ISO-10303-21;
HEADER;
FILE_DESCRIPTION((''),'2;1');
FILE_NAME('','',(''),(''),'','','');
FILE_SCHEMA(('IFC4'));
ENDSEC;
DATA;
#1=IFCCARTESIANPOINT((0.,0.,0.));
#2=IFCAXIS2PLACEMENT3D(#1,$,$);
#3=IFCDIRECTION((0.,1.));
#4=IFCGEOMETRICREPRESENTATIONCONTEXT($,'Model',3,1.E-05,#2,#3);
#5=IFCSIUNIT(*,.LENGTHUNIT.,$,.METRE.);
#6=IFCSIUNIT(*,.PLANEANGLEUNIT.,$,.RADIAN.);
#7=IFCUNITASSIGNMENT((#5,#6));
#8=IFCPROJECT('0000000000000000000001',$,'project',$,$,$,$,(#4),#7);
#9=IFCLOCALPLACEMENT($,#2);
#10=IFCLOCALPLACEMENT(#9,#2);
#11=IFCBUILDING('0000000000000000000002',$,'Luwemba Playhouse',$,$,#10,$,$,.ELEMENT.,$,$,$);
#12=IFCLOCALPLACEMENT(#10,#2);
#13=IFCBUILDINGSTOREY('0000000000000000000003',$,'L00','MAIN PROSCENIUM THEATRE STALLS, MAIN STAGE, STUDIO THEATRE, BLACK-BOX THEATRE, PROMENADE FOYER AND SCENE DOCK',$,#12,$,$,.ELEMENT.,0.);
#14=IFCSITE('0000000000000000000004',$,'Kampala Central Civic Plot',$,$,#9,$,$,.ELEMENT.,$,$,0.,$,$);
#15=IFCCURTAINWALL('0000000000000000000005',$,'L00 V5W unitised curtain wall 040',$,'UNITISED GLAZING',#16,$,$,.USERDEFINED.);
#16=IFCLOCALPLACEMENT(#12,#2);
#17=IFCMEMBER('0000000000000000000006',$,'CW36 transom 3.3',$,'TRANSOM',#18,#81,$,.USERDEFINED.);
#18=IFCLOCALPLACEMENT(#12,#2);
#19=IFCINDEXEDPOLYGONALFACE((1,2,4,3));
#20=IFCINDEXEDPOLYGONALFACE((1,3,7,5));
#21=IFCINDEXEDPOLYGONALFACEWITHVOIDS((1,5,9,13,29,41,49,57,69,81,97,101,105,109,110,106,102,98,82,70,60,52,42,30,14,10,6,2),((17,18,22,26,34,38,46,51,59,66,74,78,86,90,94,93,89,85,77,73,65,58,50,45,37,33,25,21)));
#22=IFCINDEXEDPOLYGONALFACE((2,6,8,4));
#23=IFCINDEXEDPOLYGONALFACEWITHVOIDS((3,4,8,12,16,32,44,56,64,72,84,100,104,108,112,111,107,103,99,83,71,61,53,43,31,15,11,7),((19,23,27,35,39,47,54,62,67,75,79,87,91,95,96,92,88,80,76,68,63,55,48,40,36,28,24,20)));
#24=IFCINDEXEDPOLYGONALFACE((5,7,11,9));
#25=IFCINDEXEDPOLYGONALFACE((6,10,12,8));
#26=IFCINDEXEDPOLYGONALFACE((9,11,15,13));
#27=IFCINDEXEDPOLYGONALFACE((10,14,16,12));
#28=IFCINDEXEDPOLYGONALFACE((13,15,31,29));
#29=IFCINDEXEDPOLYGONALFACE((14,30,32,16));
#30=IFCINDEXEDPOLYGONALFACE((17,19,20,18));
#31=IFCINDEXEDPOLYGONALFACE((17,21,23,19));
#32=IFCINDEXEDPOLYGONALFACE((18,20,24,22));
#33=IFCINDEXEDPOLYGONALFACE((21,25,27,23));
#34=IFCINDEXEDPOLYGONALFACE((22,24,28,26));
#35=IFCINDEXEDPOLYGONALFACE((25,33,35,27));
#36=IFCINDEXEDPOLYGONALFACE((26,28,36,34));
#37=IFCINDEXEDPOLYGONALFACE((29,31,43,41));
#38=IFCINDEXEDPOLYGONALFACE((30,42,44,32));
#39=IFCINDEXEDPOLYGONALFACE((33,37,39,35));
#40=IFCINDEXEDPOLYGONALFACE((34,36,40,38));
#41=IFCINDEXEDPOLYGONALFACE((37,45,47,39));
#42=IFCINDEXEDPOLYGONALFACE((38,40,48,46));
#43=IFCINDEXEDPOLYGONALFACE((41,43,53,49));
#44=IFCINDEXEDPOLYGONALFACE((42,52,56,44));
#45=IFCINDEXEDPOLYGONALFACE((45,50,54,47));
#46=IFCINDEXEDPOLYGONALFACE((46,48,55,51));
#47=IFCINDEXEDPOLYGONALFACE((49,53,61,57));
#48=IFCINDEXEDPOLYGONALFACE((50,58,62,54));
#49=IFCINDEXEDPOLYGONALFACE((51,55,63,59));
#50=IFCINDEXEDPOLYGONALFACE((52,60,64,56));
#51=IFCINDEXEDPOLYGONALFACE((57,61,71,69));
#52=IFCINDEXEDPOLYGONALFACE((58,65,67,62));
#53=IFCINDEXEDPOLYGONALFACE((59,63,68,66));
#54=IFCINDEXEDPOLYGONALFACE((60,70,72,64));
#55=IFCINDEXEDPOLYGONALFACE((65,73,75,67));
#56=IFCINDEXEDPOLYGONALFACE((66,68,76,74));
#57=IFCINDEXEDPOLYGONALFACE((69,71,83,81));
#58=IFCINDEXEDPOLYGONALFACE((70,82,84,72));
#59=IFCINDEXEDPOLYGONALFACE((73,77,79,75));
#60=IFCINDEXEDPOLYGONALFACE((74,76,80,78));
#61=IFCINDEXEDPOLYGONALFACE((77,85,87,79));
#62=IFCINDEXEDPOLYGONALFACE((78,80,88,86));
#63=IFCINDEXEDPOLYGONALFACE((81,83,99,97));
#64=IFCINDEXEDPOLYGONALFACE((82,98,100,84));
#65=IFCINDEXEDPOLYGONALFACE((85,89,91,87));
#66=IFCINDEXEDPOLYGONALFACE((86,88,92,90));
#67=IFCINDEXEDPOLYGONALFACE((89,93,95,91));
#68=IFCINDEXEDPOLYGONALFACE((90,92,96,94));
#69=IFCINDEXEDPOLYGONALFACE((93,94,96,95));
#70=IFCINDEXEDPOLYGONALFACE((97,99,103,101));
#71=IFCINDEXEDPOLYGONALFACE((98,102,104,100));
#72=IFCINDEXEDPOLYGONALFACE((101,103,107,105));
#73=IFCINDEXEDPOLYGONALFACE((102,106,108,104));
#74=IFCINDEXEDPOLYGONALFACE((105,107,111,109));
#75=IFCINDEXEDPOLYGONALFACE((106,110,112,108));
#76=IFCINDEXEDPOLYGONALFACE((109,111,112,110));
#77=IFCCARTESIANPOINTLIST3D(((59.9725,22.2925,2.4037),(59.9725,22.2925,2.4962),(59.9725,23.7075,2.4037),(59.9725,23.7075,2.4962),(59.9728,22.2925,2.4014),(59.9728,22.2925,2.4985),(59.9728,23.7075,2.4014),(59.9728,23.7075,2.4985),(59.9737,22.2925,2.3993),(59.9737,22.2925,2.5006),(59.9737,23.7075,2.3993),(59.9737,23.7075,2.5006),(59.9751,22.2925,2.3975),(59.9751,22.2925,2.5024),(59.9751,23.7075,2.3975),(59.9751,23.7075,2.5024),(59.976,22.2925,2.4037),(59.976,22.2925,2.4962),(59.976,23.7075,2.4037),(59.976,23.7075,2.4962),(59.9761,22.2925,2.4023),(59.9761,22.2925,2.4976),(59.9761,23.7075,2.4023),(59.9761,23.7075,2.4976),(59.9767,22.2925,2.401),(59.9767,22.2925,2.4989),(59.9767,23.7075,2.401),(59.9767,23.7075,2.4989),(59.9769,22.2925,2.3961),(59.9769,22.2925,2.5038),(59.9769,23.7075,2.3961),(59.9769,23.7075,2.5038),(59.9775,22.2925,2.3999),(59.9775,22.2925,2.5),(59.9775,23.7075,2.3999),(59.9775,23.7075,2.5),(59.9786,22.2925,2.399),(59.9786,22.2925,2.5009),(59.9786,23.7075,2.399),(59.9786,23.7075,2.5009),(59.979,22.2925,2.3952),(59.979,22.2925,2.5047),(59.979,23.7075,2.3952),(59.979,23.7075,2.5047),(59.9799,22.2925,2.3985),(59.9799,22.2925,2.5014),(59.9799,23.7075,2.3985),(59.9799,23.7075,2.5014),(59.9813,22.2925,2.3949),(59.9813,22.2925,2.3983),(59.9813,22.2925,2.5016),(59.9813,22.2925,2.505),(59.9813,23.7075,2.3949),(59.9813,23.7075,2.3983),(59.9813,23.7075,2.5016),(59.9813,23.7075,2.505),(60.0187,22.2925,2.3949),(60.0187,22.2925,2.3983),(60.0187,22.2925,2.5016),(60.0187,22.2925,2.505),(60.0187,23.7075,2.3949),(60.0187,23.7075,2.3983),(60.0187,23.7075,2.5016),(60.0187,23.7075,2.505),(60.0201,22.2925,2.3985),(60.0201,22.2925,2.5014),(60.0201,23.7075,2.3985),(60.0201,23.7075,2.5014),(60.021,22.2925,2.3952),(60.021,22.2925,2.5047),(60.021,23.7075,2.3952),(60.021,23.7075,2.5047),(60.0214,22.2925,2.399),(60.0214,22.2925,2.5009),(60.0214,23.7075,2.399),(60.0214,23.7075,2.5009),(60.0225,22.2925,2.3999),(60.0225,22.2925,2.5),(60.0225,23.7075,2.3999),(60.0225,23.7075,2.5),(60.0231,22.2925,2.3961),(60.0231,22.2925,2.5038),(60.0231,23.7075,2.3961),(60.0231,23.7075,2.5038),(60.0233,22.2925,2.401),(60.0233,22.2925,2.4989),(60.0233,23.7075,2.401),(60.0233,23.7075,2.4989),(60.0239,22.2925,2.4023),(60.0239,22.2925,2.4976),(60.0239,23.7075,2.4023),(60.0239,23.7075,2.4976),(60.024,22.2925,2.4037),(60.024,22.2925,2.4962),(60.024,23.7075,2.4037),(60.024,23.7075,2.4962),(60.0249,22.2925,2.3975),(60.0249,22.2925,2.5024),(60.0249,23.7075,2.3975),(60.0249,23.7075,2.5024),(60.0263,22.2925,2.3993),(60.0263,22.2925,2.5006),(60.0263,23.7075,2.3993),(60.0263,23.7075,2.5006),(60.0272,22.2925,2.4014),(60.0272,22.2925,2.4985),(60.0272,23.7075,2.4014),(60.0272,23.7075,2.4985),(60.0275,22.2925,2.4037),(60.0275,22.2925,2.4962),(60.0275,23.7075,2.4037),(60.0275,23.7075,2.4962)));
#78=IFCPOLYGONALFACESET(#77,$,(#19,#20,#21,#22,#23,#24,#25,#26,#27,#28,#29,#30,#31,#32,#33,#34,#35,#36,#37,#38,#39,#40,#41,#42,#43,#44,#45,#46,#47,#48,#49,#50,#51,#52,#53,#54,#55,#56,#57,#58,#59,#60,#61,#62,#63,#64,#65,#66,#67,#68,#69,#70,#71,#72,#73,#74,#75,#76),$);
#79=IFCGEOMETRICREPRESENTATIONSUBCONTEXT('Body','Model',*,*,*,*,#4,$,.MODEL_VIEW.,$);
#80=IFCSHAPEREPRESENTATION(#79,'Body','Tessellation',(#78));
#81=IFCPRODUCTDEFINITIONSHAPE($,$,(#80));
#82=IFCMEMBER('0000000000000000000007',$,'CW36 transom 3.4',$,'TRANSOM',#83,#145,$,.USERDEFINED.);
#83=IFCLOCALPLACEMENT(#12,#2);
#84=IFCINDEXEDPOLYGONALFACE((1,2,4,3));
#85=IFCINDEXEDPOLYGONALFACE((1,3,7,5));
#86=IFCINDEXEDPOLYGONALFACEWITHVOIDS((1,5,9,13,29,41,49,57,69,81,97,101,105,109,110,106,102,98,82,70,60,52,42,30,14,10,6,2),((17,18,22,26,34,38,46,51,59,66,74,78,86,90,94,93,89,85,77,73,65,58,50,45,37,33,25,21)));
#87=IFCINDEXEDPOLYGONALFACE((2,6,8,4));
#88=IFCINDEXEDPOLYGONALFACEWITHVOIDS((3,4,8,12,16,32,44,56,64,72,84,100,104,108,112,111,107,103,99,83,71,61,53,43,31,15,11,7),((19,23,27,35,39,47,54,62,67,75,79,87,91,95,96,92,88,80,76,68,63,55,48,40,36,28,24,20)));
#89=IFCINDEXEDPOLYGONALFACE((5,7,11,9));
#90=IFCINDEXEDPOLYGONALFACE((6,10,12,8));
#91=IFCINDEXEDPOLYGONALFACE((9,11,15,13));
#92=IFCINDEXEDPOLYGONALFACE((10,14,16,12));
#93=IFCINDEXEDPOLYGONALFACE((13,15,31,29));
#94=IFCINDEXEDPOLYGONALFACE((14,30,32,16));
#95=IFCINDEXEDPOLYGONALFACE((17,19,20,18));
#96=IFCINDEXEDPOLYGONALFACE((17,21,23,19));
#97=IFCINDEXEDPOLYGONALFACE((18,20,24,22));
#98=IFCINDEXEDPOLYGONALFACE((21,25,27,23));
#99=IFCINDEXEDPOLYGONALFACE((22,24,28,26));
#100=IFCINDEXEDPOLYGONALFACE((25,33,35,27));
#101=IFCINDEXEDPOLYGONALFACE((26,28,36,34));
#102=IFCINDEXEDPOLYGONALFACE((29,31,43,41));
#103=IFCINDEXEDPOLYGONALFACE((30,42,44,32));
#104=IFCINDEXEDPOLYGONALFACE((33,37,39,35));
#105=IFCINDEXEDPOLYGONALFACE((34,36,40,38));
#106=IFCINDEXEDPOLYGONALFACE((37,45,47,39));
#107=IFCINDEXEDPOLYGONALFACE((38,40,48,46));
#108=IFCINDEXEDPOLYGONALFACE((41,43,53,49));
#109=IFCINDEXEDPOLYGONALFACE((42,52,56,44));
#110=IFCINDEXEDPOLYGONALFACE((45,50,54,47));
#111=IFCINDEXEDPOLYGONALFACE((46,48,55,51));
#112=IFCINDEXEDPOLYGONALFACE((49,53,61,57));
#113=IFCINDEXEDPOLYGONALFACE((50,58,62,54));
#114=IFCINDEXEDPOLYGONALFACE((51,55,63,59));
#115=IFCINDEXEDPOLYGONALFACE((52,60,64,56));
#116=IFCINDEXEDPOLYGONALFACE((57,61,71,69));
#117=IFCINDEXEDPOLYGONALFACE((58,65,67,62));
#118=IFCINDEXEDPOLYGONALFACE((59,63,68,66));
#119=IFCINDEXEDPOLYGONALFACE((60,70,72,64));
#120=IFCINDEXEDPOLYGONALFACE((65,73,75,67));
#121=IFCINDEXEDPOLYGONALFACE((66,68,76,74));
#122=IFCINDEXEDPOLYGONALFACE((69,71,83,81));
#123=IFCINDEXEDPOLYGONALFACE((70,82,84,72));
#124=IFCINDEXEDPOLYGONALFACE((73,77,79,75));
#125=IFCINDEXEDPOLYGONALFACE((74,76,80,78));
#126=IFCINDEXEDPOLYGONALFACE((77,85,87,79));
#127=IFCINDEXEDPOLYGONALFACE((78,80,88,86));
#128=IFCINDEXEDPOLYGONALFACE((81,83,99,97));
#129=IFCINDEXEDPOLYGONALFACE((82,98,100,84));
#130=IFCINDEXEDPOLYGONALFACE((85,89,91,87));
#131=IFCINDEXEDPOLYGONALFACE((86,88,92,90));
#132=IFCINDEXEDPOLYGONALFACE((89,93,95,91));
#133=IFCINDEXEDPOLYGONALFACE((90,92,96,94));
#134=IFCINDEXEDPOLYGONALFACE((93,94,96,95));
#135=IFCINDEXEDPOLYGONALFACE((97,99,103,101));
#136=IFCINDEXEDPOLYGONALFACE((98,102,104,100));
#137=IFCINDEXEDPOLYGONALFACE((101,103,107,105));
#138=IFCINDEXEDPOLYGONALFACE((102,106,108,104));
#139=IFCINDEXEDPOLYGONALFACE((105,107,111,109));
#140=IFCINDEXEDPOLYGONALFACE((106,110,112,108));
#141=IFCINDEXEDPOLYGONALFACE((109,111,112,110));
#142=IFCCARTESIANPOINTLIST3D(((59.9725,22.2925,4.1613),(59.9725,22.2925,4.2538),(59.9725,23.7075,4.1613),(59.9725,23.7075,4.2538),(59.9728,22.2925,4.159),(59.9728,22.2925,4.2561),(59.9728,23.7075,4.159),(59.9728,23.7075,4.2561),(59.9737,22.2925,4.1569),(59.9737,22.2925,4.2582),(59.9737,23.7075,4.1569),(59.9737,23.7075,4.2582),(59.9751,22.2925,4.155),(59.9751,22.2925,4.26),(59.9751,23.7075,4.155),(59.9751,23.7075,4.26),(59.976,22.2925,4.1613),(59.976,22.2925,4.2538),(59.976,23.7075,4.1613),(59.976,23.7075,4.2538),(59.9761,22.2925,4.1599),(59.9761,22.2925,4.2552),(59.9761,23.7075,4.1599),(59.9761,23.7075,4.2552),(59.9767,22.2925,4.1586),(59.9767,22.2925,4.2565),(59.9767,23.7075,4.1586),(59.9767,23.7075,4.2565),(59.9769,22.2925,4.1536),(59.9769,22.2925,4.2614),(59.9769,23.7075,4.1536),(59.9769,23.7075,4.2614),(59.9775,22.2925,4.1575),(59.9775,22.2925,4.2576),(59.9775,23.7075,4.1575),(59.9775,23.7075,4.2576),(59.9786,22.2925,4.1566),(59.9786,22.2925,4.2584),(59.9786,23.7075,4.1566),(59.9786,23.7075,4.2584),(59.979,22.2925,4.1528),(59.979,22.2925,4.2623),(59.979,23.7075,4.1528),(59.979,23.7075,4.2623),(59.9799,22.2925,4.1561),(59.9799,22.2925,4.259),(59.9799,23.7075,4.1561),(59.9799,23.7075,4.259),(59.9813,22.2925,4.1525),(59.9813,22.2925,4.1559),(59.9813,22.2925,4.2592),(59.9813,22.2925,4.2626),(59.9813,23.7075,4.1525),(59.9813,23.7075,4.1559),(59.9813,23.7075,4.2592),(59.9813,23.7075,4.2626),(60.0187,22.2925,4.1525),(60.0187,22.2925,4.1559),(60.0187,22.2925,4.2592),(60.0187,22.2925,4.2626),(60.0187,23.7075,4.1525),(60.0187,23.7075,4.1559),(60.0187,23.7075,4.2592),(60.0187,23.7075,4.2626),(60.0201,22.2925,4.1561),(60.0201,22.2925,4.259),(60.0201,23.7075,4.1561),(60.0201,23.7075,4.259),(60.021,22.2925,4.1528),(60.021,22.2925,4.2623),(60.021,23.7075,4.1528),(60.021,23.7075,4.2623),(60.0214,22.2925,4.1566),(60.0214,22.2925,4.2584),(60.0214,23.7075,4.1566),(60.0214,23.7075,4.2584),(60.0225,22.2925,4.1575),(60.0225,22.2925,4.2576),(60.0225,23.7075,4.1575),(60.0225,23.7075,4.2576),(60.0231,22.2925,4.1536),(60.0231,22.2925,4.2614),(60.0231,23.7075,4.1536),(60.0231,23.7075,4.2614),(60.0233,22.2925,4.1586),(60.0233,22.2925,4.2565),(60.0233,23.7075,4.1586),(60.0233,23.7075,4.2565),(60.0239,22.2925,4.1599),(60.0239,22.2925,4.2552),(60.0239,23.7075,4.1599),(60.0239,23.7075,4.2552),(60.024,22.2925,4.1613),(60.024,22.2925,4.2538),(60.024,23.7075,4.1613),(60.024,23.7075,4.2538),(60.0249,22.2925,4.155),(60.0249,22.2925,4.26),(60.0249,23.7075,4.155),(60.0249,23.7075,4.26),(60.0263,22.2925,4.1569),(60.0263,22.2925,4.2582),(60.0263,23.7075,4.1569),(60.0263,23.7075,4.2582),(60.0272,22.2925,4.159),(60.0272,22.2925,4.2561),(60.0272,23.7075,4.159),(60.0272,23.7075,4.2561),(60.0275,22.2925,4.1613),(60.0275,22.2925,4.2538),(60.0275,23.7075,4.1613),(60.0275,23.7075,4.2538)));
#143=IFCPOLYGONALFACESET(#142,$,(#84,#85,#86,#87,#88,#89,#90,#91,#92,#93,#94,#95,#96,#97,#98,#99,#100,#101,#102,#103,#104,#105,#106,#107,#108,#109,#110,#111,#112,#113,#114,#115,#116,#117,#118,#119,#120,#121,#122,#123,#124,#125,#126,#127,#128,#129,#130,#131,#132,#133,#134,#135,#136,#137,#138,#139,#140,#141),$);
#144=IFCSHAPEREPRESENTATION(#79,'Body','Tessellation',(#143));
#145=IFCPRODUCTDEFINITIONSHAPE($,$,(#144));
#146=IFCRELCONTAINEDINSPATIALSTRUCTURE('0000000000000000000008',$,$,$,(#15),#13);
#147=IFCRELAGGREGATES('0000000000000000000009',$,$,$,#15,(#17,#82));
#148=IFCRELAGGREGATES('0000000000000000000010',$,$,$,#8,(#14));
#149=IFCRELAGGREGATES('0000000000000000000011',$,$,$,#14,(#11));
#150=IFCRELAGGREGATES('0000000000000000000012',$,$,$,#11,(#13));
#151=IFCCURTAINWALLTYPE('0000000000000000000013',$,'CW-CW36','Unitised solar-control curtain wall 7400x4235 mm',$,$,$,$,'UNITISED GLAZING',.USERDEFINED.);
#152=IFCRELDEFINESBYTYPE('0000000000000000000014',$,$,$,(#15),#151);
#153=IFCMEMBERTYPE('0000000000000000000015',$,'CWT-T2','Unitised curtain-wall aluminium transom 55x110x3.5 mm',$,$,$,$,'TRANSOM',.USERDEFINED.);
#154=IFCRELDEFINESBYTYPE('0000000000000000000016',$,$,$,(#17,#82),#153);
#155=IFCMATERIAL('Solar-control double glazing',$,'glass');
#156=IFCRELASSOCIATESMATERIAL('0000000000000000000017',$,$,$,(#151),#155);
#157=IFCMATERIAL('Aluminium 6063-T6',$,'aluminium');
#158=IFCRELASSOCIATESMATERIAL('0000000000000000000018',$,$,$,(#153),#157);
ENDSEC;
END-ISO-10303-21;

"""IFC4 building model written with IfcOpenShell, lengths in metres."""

from ifc_helpers import new_model, si_unit, direction, frame, origin, origin_2d, place, context, subcontext, project, spatial, hollow_rectangle, extrude, material, material_profile, profile_set, type_object, element, aggregate, save


model = new_model("IFC4")

# Units and contexts
model_context = context("Model", 3, precision=1e-05, world=origin(), true_north=direction((0.0, 1.0)))
body_context = subcontext(model_context, "Body", "Model", "MODEL_VIEW")
ifc_project = project(units=[si_unit("LENGTHUNIT", "METRE"), si_unit("PLANEANGLEUNIT", "RADIAN")], contexts=[model_context])

# Site, building, storey
site_placement = place(None, origin())
site = spatial("IfcSite", under=ifc_project, at=site_placement, Name="Kampala Central Civic Plot", CompositionType="ELEMENT", RefElevation=0.0)
building_placement = place(site_placement, origin())
building = spatial("IfcBuilding", under=site, at=building_placement, Name="Luwemba Playhouse", CompositionType="ELEMENT")
storey_placement = place(building_placement, origin())
storey = spatial("IfcBuildingStorey", under=building, at=storey_placement, Name="L00", Description="MAIN PROSCENIUM THEATRE STALLS, MAIN STAGE, STUDIO THEATRE, BLACK-BOX THEATRE, PROMENADE FOYER AND SCENE DOCK", CompositionType="ELEMENT", Elevation=0.0)

# Curtain wall, members
ifc_material_1 = material(Name="Solar-control double glazing", Category="glass")
curtain_wall_type = type_object("IfcCurtainWallType", Name="CW-CW36", Description="Unitised solar-control curtain wall 7400x4235 mm", ElementType="UNITISED GLAZING", PredefinedType="USERDEFINED", material=ifc_material_1)
curtain_wall_placement = place(storey_placement, origin())
curtain_wall = element("IfcCurtainWall", 1, at=curtain_wall_placement, inside=storey, type_object=curtain_wall_type, Name="L00 V5W unitised curtain wall 040", ObjectType="UNITISED GLAZING", PredefinedType="USERDEFINED")
ifc_material_2 = material(Name="Aluminium 6063-T6", Category="aluminium")
ifc_material_profile_1 = material_profile(ifc_material_2, hollow_rectangle(XDim=0.0549, YDim=0.1101, WallThickness=0.0034, InnerFilletRadius=0.0054, OuterFilletRadius=0.0088, at=origin_2d()))
ifc_profile_set_1 = profile_set([ifc_material_profile_1], Name="Aluminium 6063-T6")
member_type_1 = type_object("IfcMemberType", Name="CWT-T2", Description="Unitised curtain-wall aluminium transom 55x110x3.5 mm", ElementType="TRANSOM", PredefinedType="USERDEFINED", material=ifc_profile_set_1)
member_1_placement = place(storey_placement, frame((60.0, 23.7075, 2.45), z_axis=(0.0, -1.0, 0.0), x_axis=(1.0, 0.0, 0.0)))
member_1 = element("IfcMember", 2, at=member_1_placement, type_object=member_type_1, Name="CW36 transom 3.3", ObjectType="TRANSOM", PredefinedType="USERDEFINED", context=body_context, shape_type="SweptSolid", body=[
    extrude(hollow_rectangle(XDim=0.0549, YDim=0.1101, WallThickness=0.0034, InnerFilletRadius=0.0054, OuterFilletRadius=0.0088, at=origin_2d()), origin(), (0.0, 0.0, 1.0), 1.415),
])
member_2_placement = place(storey_placement, frame((60.0, 23.7075, 4.2075), z_axis=(0.0, -1.0, 0.0), x_axis=(1.0, 0.0, 0.0)))
member_2 = element("IfcMember", 3, at=member_2_placement, type_object=member_type_1, Name="CW36 transom 3.4", ObjectType="TRANSOM", PredefinedType="USERDEFINED", context=body_context, shape_type="SweptSolid", body=[
    extrude(hollow_rectangle(XDim=0.0549, YDim=0.1101, WallThickness=0.0034, InnerFilletRadius=0.0054, OuterFilletRadius=0.0088, at=origin_2d()), origin(), (0.0, 0.0, 1.0), 1.415),
])
aggregate(curtain_wall, [member_1, member_2])

save(model, "model.ifc")
